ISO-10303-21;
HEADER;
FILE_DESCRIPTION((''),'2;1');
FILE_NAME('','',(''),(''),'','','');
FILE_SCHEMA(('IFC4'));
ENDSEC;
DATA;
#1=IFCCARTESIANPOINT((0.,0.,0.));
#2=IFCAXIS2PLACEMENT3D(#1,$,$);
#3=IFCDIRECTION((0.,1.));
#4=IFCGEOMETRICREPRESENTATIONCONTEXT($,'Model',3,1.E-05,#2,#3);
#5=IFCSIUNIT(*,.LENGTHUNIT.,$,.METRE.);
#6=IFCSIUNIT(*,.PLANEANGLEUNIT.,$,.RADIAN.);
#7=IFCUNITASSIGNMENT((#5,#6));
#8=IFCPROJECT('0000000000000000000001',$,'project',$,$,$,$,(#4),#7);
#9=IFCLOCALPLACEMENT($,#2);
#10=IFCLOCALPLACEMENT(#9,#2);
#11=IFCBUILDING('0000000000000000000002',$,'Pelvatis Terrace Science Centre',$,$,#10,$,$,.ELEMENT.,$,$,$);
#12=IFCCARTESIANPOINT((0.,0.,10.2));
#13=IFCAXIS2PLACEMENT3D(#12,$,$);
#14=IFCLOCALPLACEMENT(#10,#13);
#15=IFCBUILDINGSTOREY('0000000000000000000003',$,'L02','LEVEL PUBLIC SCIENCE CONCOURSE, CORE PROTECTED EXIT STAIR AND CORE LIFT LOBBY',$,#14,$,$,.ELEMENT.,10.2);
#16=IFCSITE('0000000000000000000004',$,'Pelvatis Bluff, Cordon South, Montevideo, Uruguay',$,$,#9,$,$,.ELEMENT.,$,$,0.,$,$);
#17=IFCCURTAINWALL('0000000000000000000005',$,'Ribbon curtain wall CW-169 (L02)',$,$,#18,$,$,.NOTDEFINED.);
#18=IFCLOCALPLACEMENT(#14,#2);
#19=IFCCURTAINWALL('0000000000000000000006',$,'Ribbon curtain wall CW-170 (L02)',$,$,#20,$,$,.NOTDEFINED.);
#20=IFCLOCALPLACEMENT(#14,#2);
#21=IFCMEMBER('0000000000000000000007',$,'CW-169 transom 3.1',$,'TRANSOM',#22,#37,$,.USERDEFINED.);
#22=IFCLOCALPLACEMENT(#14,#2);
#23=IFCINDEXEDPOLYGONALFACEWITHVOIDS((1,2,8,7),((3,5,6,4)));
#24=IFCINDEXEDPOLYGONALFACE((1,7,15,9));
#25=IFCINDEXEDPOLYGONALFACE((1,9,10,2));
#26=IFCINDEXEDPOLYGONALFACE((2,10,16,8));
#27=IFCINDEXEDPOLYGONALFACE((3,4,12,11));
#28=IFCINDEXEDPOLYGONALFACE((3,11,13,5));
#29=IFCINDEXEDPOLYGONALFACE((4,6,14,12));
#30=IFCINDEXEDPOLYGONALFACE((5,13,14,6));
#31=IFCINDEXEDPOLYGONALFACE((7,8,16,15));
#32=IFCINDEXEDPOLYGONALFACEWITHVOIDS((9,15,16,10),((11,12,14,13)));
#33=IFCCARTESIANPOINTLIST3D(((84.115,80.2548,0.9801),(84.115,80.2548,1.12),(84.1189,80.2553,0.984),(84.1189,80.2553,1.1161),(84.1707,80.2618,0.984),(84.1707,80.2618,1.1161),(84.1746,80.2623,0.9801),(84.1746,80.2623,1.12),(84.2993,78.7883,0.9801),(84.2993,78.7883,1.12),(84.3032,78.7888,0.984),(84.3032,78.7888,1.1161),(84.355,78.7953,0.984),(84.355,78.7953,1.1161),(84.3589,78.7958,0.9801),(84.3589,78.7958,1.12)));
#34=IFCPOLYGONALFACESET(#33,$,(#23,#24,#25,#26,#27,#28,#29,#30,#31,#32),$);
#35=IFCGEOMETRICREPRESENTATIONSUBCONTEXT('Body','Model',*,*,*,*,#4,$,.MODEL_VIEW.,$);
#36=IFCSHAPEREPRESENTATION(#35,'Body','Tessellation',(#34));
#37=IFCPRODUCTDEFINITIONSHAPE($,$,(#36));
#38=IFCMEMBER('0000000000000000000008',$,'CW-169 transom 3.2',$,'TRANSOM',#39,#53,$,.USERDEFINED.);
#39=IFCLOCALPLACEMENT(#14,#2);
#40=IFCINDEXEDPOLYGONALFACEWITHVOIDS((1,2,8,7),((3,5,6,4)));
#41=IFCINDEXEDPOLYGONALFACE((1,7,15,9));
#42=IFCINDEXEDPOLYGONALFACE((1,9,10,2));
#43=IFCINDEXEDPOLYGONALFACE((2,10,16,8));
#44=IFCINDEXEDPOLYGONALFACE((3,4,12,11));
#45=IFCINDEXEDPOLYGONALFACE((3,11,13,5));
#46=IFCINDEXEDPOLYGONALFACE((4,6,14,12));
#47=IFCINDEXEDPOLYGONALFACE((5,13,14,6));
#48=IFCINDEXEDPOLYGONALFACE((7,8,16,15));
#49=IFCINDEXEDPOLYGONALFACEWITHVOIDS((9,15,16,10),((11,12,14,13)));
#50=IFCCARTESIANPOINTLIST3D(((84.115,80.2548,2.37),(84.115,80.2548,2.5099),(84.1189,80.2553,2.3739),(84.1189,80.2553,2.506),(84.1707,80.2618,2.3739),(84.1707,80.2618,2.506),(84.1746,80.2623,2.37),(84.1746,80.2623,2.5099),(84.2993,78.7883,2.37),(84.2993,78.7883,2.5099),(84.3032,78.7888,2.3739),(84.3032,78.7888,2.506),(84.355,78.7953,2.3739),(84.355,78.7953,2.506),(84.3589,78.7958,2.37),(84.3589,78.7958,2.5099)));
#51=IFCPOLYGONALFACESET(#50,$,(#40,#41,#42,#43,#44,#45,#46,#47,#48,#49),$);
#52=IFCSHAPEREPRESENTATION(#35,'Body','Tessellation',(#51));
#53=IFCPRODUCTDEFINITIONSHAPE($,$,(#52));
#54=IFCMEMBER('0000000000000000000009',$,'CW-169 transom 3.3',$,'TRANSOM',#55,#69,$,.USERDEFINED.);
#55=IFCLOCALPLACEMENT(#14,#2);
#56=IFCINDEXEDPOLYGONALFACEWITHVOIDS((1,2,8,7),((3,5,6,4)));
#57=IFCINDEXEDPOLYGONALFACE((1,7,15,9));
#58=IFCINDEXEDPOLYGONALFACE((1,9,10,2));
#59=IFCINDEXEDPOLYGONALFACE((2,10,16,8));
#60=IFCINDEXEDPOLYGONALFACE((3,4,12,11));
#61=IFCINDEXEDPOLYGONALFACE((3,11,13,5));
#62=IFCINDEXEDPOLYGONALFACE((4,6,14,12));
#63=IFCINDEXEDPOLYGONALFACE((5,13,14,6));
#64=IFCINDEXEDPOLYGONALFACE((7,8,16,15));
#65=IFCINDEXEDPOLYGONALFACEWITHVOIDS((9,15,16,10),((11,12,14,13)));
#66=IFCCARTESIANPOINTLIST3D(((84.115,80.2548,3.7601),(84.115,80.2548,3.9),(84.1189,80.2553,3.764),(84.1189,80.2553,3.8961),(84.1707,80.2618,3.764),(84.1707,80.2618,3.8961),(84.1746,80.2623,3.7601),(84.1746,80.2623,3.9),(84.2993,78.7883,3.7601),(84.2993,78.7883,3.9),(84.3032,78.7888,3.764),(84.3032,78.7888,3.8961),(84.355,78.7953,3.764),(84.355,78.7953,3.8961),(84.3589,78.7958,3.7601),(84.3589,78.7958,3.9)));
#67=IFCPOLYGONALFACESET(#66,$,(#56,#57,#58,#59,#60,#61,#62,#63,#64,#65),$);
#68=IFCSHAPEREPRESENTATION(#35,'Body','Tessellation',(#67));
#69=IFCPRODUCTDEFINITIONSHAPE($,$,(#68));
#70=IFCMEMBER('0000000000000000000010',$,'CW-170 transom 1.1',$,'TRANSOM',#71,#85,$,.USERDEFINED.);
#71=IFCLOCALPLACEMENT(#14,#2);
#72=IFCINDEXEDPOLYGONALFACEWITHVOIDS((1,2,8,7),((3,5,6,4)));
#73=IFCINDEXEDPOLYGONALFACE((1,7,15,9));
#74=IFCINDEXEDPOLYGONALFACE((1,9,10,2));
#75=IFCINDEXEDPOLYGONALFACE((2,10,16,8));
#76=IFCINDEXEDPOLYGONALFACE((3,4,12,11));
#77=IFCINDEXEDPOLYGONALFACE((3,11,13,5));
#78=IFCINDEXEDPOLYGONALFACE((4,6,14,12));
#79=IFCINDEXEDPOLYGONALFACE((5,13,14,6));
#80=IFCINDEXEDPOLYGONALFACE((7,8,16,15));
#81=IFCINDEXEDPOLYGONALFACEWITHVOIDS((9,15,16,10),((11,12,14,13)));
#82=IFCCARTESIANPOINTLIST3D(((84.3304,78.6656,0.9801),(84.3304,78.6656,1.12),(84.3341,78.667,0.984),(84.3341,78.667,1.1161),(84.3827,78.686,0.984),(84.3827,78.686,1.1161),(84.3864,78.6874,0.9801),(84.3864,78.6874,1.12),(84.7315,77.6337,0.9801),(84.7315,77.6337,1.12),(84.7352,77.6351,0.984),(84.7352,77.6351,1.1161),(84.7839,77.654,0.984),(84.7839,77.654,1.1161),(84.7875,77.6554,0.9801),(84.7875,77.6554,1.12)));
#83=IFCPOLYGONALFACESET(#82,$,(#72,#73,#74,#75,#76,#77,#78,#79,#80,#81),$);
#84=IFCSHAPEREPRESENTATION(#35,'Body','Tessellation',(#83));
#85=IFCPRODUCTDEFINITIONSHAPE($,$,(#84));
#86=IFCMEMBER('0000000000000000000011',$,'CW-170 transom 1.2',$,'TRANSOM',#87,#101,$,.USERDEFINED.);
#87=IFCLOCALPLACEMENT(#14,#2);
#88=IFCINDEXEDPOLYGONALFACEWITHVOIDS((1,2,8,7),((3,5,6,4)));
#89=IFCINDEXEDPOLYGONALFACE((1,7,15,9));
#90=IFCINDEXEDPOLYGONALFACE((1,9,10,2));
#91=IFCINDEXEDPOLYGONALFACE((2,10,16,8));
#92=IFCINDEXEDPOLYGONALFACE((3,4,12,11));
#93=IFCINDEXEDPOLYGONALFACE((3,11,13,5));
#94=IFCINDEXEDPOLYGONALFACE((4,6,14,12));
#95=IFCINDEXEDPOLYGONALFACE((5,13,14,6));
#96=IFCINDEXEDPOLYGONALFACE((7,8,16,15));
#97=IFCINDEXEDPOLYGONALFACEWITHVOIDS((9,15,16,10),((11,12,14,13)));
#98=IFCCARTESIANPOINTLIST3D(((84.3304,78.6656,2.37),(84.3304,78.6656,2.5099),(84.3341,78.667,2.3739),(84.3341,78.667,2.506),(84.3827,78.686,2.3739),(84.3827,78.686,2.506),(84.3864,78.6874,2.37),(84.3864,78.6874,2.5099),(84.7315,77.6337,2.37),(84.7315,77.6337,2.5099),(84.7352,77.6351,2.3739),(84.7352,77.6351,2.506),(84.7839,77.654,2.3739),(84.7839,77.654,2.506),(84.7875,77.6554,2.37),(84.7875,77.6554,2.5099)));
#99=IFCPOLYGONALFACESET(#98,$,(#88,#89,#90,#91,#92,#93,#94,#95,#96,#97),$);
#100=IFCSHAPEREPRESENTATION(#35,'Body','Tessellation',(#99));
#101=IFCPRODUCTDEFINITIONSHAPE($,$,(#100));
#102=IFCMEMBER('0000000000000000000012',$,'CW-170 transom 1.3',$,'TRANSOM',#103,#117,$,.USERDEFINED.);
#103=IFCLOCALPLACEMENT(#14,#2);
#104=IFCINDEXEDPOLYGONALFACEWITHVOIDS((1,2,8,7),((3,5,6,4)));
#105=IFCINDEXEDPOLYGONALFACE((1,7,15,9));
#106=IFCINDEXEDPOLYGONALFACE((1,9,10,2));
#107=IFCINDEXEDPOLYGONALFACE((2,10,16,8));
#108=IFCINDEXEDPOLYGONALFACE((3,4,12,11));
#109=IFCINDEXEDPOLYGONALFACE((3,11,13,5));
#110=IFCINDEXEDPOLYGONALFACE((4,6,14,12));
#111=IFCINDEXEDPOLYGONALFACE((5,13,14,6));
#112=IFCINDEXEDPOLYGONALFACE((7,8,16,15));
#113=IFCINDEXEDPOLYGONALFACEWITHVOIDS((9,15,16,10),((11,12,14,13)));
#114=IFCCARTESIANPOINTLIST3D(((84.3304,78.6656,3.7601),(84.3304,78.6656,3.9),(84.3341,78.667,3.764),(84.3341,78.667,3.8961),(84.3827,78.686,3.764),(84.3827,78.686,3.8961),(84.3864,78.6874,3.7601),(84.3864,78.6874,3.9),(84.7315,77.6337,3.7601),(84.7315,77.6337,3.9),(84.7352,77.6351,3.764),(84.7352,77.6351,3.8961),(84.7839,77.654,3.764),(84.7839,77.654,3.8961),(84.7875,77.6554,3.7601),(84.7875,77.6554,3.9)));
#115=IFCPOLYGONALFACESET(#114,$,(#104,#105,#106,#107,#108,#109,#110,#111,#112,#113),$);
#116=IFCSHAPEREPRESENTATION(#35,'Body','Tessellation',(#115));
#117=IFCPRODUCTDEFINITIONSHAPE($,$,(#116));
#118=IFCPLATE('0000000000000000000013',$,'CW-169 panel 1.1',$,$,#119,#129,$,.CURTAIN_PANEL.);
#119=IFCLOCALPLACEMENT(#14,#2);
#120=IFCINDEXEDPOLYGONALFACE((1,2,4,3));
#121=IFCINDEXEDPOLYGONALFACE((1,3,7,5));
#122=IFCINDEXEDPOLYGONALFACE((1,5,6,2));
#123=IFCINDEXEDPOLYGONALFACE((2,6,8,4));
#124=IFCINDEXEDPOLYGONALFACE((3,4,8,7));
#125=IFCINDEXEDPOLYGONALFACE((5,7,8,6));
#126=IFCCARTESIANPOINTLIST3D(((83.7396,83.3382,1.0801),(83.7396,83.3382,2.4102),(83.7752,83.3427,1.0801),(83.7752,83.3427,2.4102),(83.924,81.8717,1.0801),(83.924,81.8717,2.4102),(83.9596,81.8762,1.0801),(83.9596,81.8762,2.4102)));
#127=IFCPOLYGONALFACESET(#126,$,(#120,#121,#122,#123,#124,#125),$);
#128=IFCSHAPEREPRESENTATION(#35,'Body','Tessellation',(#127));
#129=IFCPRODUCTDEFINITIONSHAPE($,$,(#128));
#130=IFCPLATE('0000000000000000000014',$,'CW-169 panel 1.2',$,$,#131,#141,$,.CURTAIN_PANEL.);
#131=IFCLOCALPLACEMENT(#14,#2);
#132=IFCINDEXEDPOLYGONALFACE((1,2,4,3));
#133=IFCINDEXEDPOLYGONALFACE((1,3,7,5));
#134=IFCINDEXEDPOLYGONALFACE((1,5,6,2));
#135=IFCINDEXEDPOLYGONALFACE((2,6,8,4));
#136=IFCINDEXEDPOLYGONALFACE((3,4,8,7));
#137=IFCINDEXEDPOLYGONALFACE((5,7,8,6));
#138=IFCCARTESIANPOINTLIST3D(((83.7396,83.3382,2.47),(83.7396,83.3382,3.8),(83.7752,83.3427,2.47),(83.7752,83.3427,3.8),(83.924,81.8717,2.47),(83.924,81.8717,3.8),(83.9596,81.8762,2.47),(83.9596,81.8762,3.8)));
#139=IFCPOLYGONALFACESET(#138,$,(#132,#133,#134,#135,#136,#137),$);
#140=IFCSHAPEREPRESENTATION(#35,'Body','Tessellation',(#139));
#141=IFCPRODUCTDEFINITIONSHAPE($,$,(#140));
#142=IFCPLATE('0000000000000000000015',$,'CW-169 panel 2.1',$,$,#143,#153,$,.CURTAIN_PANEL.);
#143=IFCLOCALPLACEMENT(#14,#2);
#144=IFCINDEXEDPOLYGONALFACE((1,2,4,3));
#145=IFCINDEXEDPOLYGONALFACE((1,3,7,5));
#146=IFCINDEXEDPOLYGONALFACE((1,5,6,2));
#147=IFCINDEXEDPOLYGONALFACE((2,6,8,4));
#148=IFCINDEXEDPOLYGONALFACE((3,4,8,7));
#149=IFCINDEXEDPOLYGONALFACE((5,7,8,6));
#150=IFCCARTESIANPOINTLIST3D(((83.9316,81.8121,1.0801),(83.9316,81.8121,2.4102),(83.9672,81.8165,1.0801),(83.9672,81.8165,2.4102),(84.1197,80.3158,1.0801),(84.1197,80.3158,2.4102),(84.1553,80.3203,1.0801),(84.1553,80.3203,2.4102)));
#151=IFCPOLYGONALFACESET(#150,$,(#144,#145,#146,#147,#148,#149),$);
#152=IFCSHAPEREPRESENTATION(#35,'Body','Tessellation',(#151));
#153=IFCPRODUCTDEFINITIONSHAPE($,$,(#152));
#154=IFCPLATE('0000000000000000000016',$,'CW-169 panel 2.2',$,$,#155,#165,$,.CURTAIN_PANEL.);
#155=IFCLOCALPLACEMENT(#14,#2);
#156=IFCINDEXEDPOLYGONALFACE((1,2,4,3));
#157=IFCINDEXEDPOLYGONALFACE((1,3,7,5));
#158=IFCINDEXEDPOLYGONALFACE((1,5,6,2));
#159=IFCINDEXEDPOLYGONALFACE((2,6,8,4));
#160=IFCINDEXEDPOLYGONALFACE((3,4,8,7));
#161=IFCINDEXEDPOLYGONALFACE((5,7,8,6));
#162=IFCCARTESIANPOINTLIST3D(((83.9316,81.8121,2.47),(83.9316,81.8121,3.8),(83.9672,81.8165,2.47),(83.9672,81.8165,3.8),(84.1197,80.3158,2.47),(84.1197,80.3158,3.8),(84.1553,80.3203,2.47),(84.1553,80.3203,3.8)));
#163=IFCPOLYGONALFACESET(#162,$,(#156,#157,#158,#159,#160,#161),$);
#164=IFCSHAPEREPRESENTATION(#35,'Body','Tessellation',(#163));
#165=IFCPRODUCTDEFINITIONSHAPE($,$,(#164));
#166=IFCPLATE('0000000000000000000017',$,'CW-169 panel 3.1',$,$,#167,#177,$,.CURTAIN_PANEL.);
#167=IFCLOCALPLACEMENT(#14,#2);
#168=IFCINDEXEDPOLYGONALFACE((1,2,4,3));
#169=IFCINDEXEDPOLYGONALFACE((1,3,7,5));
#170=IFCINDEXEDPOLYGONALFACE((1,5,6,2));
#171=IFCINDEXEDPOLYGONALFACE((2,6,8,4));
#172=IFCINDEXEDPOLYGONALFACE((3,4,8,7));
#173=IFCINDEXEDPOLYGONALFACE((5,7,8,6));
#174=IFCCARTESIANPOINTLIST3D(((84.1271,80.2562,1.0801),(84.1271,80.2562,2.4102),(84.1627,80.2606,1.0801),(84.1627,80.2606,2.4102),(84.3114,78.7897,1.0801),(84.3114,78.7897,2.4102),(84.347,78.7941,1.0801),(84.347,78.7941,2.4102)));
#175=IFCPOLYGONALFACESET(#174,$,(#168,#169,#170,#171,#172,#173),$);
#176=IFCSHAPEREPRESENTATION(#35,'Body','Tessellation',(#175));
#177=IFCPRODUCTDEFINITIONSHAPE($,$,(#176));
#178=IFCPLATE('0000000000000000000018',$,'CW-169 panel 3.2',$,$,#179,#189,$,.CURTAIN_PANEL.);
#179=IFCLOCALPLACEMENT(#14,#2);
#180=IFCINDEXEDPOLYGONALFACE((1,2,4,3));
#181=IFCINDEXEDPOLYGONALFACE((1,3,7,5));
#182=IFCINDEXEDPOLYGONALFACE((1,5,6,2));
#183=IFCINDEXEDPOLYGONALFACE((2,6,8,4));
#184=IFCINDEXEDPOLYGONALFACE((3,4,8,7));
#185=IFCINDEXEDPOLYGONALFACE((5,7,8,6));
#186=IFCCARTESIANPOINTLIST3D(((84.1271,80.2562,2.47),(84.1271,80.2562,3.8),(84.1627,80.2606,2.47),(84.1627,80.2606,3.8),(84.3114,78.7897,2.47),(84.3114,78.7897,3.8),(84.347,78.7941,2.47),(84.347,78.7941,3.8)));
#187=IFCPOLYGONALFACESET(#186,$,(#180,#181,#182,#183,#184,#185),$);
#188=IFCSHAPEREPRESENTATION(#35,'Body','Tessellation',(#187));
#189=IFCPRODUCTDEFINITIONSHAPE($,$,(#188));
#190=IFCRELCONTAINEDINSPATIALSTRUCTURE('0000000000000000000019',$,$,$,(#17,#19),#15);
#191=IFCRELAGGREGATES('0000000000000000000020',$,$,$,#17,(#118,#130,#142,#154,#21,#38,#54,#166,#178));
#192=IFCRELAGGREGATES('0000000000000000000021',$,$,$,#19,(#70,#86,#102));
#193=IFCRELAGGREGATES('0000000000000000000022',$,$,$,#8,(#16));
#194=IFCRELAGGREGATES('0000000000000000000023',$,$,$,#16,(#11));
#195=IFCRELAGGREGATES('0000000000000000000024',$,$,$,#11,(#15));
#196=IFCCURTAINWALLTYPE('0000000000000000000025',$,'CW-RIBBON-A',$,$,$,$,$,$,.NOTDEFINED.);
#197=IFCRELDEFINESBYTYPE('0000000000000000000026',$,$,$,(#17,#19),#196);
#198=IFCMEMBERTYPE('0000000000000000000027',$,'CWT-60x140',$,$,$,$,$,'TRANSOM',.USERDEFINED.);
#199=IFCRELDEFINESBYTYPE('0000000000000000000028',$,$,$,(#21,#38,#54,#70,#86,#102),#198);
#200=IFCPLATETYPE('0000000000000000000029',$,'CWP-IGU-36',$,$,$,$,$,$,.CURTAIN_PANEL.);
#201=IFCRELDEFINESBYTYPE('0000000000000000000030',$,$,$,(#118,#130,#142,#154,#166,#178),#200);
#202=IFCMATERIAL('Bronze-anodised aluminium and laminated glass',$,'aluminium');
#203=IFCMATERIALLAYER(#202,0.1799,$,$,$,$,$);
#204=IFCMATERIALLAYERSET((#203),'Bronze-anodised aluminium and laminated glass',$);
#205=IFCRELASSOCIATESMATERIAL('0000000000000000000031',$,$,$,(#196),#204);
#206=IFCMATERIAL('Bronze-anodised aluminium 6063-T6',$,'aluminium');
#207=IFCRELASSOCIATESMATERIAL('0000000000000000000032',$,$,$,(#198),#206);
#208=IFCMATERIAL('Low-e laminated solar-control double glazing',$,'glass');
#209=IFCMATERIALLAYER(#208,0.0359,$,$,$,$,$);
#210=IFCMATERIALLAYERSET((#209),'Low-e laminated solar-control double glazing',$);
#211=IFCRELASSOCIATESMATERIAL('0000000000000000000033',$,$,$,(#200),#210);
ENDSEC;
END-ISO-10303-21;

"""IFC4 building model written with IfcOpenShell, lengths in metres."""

from ifc_helpers import new_model, si_unit, direction, frame, origin, origin_2d, place, context, subcontext, project, spatial, rectangle, hollow_rectangle, extrude, material, layer, layer_set, material_profile, profile_set, type_object, element, aggregate, save


model = new_model("IFC4")

# Units and contexts
model_context = context("Model", 3, precision=1e-05, world=origin(), true_north=direction((0.0, 1.0)))
body_context = subcontext(model_context, "Body", "Model", "MODEL_VIEW")
ifc_project = project(units=[si_unit("LENGTHUNIT", "METRE"), si_unit("PLANEANGLEUNIT", "RADIAN")], contexts=[model_context])

# Site, building, storey
site_placement = place(None, origin())
site = spatial("IfcSite", under=ifc_project, at=site_placement, Name="Pelvatis Bluff, Cordon South, Montevideo, Uruguay", CompositionType="ELEMENT", RefElevation=0.0)
building_placement = place(site_placement, origin())
building = spatial("IfcBuilding", under=site, at=building_placement, Name="Pelvatis Terrace Science Centre", CompositionType="ELEMENT")
storey_placement = place(building_placement, frame((0.0, 0.0, 10.2)))
storey = spatial("IfcBuildingStorey", under=building, at=storey_placement, Name="L02", Description="LEVEL PUBLIC SCIENCE CONCOURSE, CORE PROTECTED EXIT STAIR AND CORE LIFT LOBBY", CompositionType="ELEMENT", Elevation=10.2)

# Curtain wall
ifc_material_1 = material(Name="Bronze-anodised aluminium and laminated glass", Category="aluminium")
ifc_layer_1 = layer(ifc_material_1, 0.1799)
ifc_layer_set_1 = layer_set([ifc_layer_1], Name="Bronze-anodised aluminium and laminated glass")
curtain_wall_type = type_object("IfcCurtainWallType", Name="CW-RIBBON-A", PredefinedType="NOTDEFINED", material=ifc_layer_set_1)
curtain_wall_1_placement = place(storey_placement, origin())
curtain_wall_1 = element("IfcCurtainWall", 1, at=curtain_wall_1_placement, inside=storey, type_object=curtain_wall_type, Name="Ribbon curtain wall CW-169 (L02)", PredefinedType="NOTDEFINED")

# Curtain wall
curtain_wall_2_placement = place(storey_placement, origin())
curtain_wall_2 = element("IfcCurtainWall", 2, at=curtain_wall_2_placement, inside=storey, type_object=curtain_wall_type, Name="Ribbon curtain wall CW-170 (L02)", PredefinedType="NOTDEFINED")

# Members
ifc_material_2 = material(Name="Bronze-anodised aluminium 6063-T6", Category="aluminium")
ifc_material_profile_1 = material_profile(ifc_material_2, hollow_rectangle(XDim=0.0601, YDim=0.1399, WallThickness=0.0039, at=origin_2d()), Name="ALU-TRN 60x140")
ifc_profile_set_1 = profile_set([ifc_material_profile_1], Name="Bronze-anodised aluminium 6063-T6")
member_type_1 = type_object("IfcMemberType", Name="CWT-60x140", ElementType="TRANSOM", PredefinedType="USERDEFINED", material=ifc_profile_set_1)
member_1_placement = place(storey_placement, frame((84.1448, 80.2585, 1.05), z_axis=(0.124706, -0.992194, 0.0), x_axis=(0.992194, 0.124706, 0.0)))
member_1 = element("IfcMember", 3, at=member_1_placement, type_object=member_type_1, Name="CW-169 transom 3.1", ObjectType="TRANSOM", PredefinedType="USERDEFINED", context=body_context, shape_type="SweptSolid", body=[
    extrude(hollow_rectangle(XDim=0.0601, YDim=0.1399, WallThickness=0.0039, at=origin_2d()), origin(), (0.0, 0.0, 1.0), 1.478),
])
member_2_placement = place(storey_placement, frame((84.1448, 80.2585, 2.4399), z_axis=(0.124706, -0.992194, 0.0), x_axis=(0.992194, 0.124706, 0.0)))
member_2 = element("IfcMember", 4, at=member_2_placement, type_object=member_type_1, Name="CW-169 transom 3.2", ObjectType="TRANSOM", PredefinedType="USERDEFINED", context=body_context, shape_type="SweptSolid", body=[
    extrude(hollow_rectangle(XDim=0.0601, YDim=0.1399, WallThickness=0.0039, at=origin_2d()), origin(), (0.0, 0.0, 1.0), 1.478),
])
member_3_placement = place(storey_placement, frame((84.1448, 80.2585, 3.8301), z_axis=(0.124706, -0.992194, 0.0), x_axis=(0.992194, 0.124706, 0.0)))
member_3 = element("IfcMember", 5, at=member_3_placement, type_object=member_type_1, Name="CW-169 transom 3.3", ObjectType="TRANSOM", PredefinedType="USERDEFINED", context=body_context, shape_type="SweptSolid", body=[
    extrude(hollow_rectangle(XDim=0.0601, YDim=0.1399, WallThickness=0.0039, at=origin_2d()), origin(), (0.0, 0.0, 1.0), 1.478),
])
member_4_placement = place(storey_placement, frame((84.3584, 78.6765, 1.05), z_axis=(0.362287, -0.932067, 0.0), x_axis=(0.932067, 0.362287, 0.0)))
member_4 = element("IfcMember", 6, at=member_4_placement, type_object=member_type_1, Name="CW-170 transom 1.1", ObjectType="TRANSOM", PredefinedType="USERDEFINED", context=body_context, shape_type="SweptSolid", body=[
    extrude(hollow_rectangle(XDim=0.0601, YDim=0.1399, WallThickness=0.0039, at=origin_2d()), origin(), (0.0, 0.0, 1.0), 1.1072),
])
member_5_placement = place(storey_placement, frame((84.3584, 78.6765, 2.4399), z_axis=(0.362287, -0.932067, 0.0), x_axis=(0.932067, 0.362287, 0.0)))
member_5 = element("IfcMember", 7, at=member_5_placement, type_object=member_type_1, Name="CW-170 transom 1.2", ObjectType="TRANSOM", PredefinedType="USERDEFINED", context=body_context, shape_type="SweptSolid", body=[
    extrude(hollow_rectangle(XDim=0.0601, YDim=0.1399, WallThickness=0.0039, at=origin_2d()), origin(), (0.0, 0.0, 1.0), 1.1072),
])
member_6_placement = place(storey_placement, frame((84.3584, 78.6765, 3.8301), z_axis=(0.362287, -0.932067, 0.0), x_axis=(0.932067, 0.362287, 0.0)))
member_6 = element("IfcMember", 8, at=member_6_placement, type_object=member_type_1, Name="CW-170 transom 1.3", ObjectType="TRANSOM", PredefinedType="USERDEFINED", context=body_context, shape_type="SweptSolid", body=[
    extrude(hollow_rectangle(XDim=0.0601, YDim=0.1399, WallThickness=0.0039, at=origin_2d()), origin(), (0.0, 0.0, 1.0), 1.1072),
])

# Plates
ifc_material_3 = material(Name="Low-e laminated solar-control double glazing", Category="glass")
ifc_layer_2 = layer(ifc_material_3, 0.0359)
ifc_layer_set_2 = layer_set([ifc_layer_2], Name="Low-e laminated solar-control double glazing")
plate_type = type_object("IfcPlateType", Name="CWP-IGU-36", PredefinedType="CURTAIN_PANEL", material=ifc_layer_set_2)
plate_1_placement = place(storey_placement, frame((83.8496, 82.6072, 1.0801), z_axis=(0.0, 0.0, 1.0), x_axis=(0.124715, -0.992193, 0.0)))
plate_1 = element("IfcPlate", 9, at=plate_1_placement, type_object=plate_type, Name="CW-169 panel 1.1", PredefinedType="CURTAIN_PANEL", context=body_context, shape_type="SweptSolid", body=[
    extrude(rectangle(XDim=1.478, YDim=0.0359, at=origin_2d()), origin(), (0.0, 0.0, 1.0), 1.3301),
])
plate_2_placement = place(storey_placement, frame((83.8496, 82.6072, 2.47), z_axis=(0.0, 0.0, 1.0), x_axis=(0.124715, -0.992193, 0.0)))
plate_2 = element("IfcPlate", 10, at=plate_2_placement, type_object=plate_type, Name="CW-169 panel 1.2", PredefinedType="CURTAIN_PANEL", context=body_context, shape_type="SweptSolid", body=[
    extrude(rectangle(XDim=1.478, YDim=0.0359, at=origin_2d()), origin(), (0.0, 0.0, 1.0), 1.3301),
])
plate_3_placement = place(storey_placement, frame((84.0435, 81.0662, 1.0801), z_axis=(0.0, 0.0, 1.0), x_axis=(0.124715, -0.992193, 0.0)))
plate_3 = element("IfcPlate", 11, at=plate_3_placement, type_object=plate_type, Name="CW-169 panel 2.1", PredefinedType="CURTAIN_PANEL", context=body_context, shape_type="SweptSolid", body=[
    extrude(rectangle(XDim=1.5081, YDim=0.0359, at=origin_2d()), origin(), (0.0, 0.0, 1.0), 1.3301),
])
plate_4_placement = place(storey_placement, frame((84.0435, 81.0662, 2.47), z_axis=(0.0, 0.0, 1.0), x_axis=(0.124715, -0.992193, 0.0)))
plate_4 = element("IfcPlate", 12, at=plate_4_placement, type_object=plate_type, Name="CW-169 panel 2.2", PredefinedType="CURTAIN_PANEL", context=body_context, shape_type="SweptSolid", body=[
    extrude(rectangle(XDim=1.5081, YDim=0.0359, at=origin_2d()), origin(), (0.0, 0.0, 1.0), 1.3301),
])
plate_5_placement = place(storey_placement, frame((84.2371, 79.5251, 1.0801), z_axis=(0.0, 0.0, 1.0), x_axis=(0.124715, -0.992193, 0.0)))
plate_5 = element("IfcPlate", 13, at=plate_5_placement, type_object=plate_type, Name="CW-169 panel 3.1", PredefinedType="CURTAIN_PANEL", context=body_context, shape_type="SweptSolid", body=[
    extrude(rectangle(XDim=1.478, YDim=0.0359, at=origin_2d()), origin(), (0.0, 0.0, 1.0), 1.3301),
])
plate_6_placement = place(storey_placement, frame((84.2371, 79.5251, 2.47), z_axis=(0.0, 0.0, 1.0), x_axis=(0.124715, -0.992193, 0.0)))
plate_6 = element("IfcPlate", 14, at=plate_6_placement, type_object=plate_type, Name="CW-169 panel 3.2", PredefinedType="CURTAIN_PANEL", context=body_context, shape_type="SweptSolid", body=[
    extrude(rectangle(XDim=1.478, YDim=0.0359, at=origin_2d()), origin(), (0.0, 0.0, 1.0), 1.3301),
])
aggregate(curtain_wall_1, [plate_1, plate_2, plate_3, plate_4, member_1, member_2, member_3, plate_5, plate_6])
aggregate(curtain_wall_2, [member_4, member_5, member_6])

save(model, "model.ifc")
